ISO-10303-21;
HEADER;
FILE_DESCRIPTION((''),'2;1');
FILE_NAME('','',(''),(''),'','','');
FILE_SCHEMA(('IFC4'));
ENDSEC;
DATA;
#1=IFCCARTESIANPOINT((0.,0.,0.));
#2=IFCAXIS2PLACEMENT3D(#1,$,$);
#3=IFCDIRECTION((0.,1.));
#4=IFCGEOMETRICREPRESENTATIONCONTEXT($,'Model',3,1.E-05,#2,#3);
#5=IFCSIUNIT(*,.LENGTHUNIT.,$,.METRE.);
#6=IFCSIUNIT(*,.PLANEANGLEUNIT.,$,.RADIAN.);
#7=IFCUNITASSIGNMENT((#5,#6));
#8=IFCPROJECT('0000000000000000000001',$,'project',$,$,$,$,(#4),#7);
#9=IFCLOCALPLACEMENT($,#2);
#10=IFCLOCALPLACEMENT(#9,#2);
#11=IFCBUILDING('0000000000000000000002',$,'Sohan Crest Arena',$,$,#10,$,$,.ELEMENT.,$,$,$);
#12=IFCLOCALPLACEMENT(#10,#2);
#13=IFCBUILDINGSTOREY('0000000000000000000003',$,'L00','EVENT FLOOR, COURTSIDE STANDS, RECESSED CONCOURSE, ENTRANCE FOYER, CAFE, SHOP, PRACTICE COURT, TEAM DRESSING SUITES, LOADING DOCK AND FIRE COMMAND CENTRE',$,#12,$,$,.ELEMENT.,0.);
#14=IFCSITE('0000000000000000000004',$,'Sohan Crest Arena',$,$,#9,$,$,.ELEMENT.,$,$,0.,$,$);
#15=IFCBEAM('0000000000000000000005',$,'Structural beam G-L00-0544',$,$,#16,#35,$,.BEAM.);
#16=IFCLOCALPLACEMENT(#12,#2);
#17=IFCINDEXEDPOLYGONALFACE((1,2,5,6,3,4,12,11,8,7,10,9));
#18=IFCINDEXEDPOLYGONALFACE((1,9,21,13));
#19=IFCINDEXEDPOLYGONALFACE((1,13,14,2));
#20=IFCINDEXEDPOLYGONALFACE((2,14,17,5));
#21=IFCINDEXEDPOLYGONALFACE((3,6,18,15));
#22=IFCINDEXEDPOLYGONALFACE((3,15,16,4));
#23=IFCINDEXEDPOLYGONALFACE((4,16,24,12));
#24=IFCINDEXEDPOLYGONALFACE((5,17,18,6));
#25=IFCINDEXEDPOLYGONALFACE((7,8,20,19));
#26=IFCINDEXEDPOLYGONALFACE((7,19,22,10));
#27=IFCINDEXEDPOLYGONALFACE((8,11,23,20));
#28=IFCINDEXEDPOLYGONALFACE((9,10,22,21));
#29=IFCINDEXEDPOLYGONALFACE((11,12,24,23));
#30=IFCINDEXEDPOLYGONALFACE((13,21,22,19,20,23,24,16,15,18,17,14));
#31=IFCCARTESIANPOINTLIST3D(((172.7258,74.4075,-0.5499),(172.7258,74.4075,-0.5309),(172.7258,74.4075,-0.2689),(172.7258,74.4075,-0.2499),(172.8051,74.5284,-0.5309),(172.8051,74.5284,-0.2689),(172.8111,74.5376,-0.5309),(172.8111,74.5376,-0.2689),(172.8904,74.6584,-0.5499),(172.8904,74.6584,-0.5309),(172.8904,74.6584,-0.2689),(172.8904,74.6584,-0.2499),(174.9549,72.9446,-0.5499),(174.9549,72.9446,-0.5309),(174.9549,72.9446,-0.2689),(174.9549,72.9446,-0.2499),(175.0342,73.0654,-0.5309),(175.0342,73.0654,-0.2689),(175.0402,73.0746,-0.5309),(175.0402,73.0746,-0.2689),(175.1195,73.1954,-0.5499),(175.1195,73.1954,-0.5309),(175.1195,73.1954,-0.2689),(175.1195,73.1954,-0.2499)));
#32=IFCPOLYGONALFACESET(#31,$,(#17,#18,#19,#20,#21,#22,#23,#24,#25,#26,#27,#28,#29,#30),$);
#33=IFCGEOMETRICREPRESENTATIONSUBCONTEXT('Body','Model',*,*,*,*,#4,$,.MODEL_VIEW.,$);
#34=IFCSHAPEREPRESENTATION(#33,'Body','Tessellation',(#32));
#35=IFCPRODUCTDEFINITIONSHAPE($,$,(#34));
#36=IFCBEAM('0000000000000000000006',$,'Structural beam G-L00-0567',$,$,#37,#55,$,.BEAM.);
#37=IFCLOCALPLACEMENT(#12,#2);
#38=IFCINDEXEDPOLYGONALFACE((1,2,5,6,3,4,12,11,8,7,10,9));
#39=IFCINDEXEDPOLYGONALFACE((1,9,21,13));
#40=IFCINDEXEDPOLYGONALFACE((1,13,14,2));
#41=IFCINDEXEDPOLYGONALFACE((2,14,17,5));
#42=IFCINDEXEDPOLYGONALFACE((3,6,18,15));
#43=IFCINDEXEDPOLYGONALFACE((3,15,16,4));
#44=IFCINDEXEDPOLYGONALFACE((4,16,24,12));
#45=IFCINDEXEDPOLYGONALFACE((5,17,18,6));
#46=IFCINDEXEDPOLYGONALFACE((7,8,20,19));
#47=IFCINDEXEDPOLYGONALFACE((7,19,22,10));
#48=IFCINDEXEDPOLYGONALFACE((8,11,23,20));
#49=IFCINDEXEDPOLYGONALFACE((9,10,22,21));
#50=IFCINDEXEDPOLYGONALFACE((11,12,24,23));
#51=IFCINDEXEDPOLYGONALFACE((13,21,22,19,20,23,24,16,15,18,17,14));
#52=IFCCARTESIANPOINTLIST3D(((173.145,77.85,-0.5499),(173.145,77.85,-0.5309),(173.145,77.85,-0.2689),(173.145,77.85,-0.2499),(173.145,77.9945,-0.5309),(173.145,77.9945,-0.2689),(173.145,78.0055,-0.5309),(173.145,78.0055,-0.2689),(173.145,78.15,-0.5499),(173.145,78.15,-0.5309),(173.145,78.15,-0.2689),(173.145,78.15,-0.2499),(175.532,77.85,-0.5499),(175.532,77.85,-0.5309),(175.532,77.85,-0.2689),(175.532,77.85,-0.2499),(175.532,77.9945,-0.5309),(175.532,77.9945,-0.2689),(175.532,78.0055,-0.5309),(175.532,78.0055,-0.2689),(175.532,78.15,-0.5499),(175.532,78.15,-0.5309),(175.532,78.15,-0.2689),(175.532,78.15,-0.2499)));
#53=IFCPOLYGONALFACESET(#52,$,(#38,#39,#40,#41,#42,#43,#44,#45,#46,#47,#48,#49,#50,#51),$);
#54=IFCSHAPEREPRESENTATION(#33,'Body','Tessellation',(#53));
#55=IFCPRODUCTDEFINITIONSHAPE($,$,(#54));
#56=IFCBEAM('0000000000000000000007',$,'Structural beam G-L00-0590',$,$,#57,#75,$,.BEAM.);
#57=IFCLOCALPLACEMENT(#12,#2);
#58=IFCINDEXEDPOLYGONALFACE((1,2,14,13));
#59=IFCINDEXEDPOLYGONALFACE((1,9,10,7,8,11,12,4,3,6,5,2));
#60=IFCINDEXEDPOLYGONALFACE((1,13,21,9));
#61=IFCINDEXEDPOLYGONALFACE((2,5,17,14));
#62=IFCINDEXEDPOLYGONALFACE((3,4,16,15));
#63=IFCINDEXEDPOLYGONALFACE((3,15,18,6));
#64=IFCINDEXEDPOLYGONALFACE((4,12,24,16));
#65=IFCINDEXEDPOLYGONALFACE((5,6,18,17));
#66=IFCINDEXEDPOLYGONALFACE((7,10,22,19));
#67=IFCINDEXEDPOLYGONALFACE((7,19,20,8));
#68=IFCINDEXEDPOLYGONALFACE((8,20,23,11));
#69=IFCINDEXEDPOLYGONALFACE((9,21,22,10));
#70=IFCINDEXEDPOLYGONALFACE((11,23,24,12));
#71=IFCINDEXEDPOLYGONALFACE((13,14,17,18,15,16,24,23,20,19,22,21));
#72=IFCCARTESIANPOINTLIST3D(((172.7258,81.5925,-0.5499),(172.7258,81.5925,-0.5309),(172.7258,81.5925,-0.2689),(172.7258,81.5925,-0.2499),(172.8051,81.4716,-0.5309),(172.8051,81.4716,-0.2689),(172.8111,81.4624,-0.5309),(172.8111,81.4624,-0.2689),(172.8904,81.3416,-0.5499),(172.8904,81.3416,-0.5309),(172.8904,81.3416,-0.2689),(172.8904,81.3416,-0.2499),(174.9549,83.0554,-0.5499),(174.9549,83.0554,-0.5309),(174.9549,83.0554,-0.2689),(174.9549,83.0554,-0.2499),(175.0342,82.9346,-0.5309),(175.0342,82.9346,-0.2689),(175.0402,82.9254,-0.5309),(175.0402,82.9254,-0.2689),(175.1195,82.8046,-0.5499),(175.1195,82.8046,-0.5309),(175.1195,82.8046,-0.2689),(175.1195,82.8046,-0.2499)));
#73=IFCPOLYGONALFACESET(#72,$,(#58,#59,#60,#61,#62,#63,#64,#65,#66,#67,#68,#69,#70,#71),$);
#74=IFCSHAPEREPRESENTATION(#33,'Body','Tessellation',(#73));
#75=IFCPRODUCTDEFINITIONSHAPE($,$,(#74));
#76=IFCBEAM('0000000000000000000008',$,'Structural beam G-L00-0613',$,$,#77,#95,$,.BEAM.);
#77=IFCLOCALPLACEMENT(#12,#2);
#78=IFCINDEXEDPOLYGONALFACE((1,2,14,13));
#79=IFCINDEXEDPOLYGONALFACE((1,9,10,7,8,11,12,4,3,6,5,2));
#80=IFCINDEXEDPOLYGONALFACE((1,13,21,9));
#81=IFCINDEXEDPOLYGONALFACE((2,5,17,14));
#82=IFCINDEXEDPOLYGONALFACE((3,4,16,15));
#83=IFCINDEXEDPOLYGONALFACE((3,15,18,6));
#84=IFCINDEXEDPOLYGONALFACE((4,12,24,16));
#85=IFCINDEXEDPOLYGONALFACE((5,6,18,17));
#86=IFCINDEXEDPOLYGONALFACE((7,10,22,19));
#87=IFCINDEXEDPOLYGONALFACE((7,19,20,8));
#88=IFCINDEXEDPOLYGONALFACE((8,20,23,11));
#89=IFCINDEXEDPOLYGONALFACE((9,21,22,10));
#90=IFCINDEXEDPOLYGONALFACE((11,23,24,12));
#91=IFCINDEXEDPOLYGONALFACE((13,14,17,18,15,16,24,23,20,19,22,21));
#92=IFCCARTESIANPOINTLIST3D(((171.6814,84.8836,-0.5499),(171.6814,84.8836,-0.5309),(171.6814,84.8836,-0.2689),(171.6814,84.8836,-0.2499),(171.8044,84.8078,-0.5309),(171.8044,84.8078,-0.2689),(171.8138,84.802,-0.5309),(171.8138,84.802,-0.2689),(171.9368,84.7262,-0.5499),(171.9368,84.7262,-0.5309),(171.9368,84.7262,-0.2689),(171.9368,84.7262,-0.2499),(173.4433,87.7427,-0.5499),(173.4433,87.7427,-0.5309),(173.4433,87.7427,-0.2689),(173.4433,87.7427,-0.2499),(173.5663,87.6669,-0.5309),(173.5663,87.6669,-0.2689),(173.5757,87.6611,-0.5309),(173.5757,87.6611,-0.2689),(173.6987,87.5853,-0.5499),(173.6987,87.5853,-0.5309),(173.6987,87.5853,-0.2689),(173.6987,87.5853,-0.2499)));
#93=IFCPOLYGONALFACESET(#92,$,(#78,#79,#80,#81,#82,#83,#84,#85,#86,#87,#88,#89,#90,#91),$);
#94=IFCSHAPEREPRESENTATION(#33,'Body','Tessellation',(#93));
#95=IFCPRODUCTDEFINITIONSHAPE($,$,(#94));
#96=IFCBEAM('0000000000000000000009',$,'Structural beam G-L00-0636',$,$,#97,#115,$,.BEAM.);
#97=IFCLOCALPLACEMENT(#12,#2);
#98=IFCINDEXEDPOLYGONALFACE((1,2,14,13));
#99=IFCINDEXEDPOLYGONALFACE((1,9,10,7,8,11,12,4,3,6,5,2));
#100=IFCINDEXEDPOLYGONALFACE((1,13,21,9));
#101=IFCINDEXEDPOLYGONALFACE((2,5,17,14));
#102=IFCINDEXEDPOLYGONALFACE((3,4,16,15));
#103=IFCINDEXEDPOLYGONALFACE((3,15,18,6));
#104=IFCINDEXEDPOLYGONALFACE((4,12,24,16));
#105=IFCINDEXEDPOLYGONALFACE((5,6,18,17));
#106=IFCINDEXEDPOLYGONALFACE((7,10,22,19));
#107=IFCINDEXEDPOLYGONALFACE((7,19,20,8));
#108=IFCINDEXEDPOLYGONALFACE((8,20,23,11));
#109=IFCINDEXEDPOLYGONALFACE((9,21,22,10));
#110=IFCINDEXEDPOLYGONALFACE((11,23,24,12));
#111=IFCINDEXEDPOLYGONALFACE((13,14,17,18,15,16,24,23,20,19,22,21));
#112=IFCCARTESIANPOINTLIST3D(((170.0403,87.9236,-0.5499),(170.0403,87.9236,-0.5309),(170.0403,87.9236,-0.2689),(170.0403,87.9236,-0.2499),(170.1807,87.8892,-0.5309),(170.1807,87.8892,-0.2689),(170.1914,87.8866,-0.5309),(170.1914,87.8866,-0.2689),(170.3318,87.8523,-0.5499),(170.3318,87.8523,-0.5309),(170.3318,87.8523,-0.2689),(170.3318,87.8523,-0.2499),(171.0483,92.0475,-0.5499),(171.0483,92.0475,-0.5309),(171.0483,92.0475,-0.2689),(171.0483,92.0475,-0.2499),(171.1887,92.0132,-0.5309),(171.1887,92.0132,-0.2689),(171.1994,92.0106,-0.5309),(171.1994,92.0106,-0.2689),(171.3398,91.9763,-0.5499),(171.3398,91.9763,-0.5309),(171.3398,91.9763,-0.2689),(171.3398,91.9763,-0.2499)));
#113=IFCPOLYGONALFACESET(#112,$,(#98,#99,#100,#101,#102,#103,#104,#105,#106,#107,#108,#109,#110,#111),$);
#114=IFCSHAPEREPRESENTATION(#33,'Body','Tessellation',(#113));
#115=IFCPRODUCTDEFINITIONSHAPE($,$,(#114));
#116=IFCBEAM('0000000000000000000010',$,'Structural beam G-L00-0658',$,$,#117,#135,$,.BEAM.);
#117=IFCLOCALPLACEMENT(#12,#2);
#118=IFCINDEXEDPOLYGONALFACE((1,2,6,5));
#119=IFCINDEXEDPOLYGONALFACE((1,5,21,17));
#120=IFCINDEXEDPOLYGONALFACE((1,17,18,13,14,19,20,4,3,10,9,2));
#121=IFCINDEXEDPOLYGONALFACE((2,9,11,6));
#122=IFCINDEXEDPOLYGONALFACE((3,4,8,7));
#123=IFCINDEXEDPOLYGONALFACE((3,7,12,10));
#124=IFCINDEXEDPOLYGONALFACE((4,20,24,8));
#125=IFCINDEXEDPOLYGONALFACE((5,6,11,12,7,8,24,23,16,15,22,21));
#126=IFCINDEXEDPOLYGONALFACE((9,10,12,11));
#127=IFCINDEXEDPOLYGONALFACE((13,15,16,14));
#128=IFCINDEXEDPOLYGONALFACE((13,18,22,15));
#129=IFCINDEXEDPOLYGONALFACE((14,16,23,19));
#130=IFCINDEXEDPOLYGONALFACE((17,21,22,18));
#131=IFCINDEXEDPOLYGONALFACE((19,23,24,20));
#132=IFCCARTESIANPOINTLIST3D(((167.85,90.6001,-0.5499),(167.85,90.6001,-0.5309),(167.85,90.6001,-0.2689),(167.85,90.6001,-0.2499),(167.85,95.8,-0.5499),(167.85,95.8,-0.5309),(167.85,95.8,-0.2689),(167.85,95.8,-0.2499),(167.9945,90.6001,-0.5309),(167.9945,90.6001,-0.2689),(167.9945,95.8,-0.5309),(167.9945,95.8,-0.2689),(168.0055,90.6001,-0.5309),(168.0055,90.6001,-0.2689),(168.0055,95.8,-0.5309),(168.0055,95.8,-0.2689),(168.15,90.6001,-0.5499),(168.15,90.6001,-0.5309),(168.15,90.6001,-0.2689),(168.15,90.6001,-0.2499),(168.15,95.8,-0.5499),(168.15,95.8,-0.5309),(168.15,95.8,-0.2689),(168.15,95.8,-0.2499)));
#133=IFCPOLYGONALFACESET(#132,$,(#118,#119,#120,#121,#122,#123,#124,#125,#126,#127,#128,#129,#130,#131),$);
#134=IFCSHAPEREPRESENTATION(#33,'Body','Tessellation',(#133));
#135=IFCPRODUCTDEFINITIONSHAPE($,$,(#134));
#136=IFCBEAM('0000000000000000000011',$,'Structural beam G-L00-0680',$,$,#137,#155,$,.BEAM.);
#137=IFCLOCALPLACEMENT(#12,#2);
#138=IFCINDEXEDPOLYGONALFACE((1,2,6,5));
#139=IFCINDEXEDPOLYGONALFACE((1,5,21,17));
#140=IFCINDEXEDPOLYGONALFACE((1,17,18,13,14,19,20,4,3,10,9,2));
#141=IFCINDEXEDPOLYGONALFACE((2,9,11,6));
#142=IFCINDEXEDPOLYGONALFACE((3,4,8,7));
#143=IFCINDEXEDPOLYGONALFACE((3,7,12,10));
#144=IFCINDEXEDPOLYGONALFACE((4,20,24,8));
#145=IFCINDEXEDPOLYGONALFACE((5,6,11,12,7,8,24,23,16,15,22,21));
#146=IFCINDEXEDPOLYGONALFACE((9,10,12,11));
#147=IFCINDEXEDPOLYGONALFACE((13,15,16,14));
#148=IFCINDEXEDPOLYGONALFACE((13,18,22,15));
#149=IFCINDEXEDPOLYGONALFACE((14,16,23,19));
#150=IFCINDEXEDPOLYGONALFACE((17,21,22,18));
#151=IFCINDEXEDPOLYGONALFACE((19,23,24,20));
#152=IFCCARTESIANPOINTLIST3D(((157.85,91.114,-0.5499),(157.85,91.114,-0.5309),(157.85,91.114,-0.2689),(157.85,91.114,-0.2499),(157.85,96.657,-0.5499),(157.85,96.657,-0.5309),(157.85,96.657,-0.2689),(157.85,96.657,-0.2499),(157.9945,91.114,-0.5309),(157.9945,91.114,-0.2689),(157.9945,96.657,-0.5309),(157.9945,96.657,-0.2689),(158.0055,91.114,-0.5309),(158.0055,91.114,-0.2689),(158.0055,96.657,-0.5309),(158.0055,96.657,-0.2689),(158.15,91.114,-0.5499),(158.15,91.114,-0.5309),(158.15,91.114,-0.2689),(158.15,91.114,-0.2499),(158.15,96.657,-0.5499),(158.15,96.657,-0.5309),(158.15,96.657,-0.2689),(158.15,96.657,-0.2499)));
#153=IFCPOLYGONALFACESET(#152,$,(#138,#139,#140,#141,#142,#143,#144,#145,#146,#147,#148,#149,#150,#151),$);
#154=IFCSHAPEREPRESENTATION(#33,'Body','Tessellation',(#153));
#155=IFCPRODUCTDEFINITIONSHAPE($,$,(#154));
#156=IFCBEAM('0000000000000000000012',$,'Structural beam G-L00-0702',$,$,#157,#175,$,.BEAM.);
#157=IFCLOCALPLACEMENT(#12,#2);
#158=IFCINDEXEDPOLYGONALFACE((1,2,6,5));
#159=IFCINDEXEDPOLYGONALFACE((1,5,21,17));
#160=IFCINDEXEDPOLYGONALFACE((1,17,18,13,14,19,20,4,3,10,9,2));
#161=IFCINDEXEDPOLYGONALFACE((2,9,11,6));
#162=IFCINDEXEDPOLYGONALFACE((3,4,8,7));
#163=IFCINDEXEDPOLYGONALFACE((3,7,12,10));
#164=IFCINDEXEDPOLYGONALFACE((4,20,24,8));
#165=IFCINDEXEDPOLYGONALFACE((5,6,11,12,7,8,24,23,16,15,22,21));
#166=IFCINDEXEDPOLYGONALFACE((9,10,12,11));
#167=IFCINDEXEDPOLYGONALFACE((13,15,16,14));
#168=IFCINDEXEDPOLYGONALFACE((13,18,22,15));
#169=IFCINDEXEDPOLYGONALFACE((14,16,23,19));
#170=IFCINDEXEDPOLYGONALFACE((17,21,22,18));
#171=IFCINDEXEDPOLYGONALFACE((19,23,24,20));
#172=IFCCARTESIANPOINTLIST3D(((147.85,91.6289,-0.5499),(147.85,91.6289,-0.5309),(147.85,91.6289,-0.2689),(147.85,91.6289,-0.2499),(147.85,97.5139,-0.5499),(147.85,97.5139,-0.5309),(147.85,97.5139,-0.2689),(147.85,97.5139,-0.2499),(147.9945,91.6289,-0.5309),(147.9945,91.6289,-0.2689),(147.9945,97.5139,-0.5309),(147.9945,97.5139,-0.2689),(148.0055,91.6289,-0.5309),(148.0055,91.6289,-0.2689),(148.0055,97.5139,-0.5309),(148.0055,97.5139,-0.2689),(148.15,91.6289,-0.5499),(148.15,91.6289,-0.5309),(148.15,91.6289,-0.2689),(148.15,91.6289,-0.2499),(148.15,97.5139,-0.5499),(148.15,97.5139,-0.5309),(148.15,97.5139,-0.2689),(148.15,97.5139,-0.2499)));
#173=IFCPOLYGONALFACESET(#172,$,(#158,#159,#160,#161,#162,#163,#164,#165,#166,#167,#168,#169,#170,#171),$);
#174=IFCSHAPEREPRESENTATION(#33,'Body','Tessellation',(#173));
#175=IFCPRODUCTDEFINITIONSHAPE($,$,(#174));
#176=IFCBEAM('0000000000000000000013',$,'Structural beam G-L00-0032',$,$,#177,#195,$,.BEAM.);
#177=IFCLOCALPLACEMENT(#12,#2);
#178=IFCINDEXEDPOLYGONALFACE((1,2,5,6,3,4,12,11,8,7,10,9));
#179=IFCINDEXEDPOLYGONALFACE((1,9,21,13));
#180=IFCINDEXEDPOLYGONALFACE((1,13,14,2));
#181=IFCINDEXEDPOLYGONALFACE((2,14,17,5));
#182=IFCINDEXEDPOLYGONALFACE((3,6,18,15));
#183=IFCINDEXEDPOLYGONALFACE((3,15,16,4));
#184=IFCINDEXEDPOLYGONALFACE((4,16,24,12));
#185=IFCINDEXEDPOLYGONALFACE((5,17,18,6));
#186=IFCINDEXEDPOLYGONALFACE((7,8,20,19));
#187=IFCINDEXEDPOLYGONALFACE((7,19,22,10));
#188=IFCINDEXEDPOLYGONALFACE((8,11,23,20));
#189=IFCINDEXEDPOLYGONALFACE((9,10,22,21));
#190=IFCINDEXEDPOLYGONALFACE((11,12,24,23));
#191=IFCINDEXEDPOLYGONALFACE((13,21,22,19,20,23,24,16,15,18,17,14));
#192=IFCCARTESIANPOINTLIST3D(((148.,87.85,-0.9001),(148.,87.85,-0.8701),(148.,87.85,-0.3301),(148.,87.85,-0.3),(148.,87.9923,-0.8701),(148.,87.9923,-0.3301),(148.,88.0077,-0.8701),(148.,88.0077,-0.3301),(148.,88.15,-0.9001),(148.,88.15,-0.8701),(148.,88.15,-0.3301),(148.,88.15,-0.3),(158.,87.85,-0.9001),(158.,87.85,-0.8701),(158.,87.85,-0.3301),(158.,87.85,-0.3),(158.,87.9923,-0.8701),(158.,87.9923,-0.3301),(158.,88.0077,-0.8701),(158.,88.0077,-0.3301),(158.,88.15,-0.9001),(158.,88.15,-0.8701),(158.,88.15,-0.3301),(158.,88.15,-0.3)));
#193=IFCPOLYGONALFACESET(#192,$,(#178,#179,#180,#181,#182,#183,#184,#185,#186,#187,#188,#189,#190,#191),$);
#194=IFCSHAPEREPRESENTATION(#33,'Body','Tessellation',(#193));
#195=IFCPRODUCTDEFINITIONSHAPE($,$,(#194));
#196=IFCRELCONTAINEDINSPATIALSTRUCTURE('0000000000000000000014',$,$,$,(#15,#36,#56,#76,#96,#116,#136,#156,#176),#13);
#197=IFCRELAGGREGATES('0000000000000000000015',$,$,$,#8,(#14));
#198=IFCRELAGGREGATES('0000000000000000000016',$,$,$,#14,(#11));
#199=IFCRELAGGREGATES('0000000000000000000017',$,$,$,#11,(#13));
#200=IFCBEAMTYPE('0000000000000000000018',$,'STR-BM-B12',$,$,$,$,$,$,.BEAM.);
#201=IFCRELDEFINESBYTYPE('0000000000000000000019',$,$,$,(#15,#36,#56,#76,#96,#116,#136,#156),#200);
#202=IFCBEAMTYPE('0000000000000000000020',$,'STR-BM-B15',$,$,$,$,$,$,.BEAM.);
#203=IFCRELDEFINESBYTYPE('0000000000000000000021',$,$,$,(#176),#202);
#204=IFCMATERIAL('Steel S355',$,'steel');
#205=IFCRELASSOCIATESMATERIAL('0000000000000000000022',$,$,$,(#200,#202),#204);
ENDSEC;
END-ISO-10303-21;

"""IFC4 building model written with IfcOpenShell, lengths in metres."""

from ifc_helpers import new_model, si_unit, direction, frame, origin, origin_2d, place, context, subcontext, project, spatial, i_section, extrude, material, material_profile, profile_set, type_object, element, save


model = new_model("IFC4")

# Units and contexts
model_context = context("Model", 3, precision=1e-05, world=origin(), true_north=direction((0.0, 1.0)))
body_context = subcontext(model_context, "Body", "Model", "MODEL_VIEW")
ifc_project = project(units=[si_unit("LENGTHUNIT", "METRE"), si_unit("PLANEANGLEUNIT", "RADIAN")], contexts=[model_context])

# Site, building, storey
site_placement = place(None, origin())
site = spatial("IfcSite", under=ifc_project, at=site_placement, Name="Sohan Crest Arena", CompositionType="ELEMENT", RefElevation=0.0)
building_placement = place(site_placement, origin())
building = spatial("IfcBuilding", under=site, at=building_placement, Name="Sohan Crest Arena", CompositionType="ELEMENT")
storey_placement = place(building_placement, origin())
storey = spatial("IfcBuildingStorey", under=building, at=storey_placement, Name="L00", Description="EVENT FLOOR, COURTSIDE STANDS, RECESSED CONCOURSE, ENTRANCE FOYER, CAFE, SHOP, PRACTICE COURT, TEAM DRESSING SUITES, LOADING DOCK AND FIRE COMMAND CENTRE", CompositionType="ELEMENT", Elevation=0.0)

# Beams
ifc_material_1 = material(Name="Steel S355", Category="steel")
ifc_material_profile_1 = material_profile(ifc_material_1, i_section(OverallWidth=0.3, OverallDepth=0.3, WebThickness=0.011, FlangeThickness=0.019, at=origin_2d()), Name="HEB 300")
ifc_profile_set_1 = profile_set([ifc_material_profile_1], Name="Steel S355")
beam_type_1 = type_object("IfcBeamType", Name="STR-BM-B12", PredefinedType="BEAM", material=ifc_profile_set_1)
beam_1_placement = place(storey_placement, frame((172.8081, 74.533, -0.3999), z_axis=(0.83603, -0.548684, 0.0), x_axis=(0.548684, 0.83603, 0.0)))
element("IfcBeam", 1, at=beam_1_placement, inside=storey, type_object=beam_type_1, Name="Structural beam G-L00-0544", PredefinedType="BEAM", context=body_context, shape_type="SweptSolid", body=[
    extrude(i_section(OverallWidth=0.3, OverallDepth=0.3, WebThickness=0.011, FlangeThickness=0.019, at=origin_2d()), origin(), (0.0, 0.0, 1.0), 2.6663),
])
beam_2_placement = place(storey_placement, frame((173.145, 78.0, -0.3999), z_axis=(1.0, 0.0, 0.0), x_axis=(0.0, 1.0, 0.0)))
element("IfcBeam", 2, at=beam_2_placement, inside=storey, type_object=beam_type_1, Name="Structural beam G-L00-0567", PredefinedType="BEAM", context=body_context, shape_type="SweptSolid", body=[
    extrude(i_section(OverallWidth=0.3, OverallDepth=0.3, WebThickness=0.011, FlangeThickness=0.019, at=origin_2d()), origin(), (0.0, 0.0, 1.0), 2.387),
])
beam_3_placement = place(storey_placement, frame((172.8081, 81.467, -0.3999), z_axis=(0.83603, 0.548684, 0.0), x_axis=(-0.548684, 0.83603, 0.0)))
element("IfcBeam", 3, at=beam_3_placement, inside=storey, type_object=beam_type_1, Name="Structural beam G-L00-0590", PredefinedType="BEAM", context=body_context, shape_type="SweptSolid", body=[
    extrude(i_section(OverallWidth=0.3, OverallDepth=0.3, WebThickness=0.011, FlangeThickness=0.019, at=origin_2d()), origin(), (0.0, 0.0, 1.0), 2.6663),
])
beam_4_placement = place(storey_placement, frame((171.8091, 84.8049, -0.3999), z_axis=(0.524637, 0.851326, 0.0), x_axis=(-0.851326, 0.524637, 0.0)))
element("IfcBeam", 4, at=beam_4_placement, inside=storey, type_object=beam_type_1, Name="Structural beam G-L00-0613", PredefinedType="BEAM", context=body_context, shape_type="SweptSolid", body=[
    extrude(i_section(OverallWidth=0.3, OverallDepth=0.3, WebThickness=0.011, FlangeThickness=0.019, at=origin_2d()), origin(), (0.0, 0.0, 1.0), 3.3584),
])
beam_5_placement = place(storey_placement, frame((170.186, 87.8879, -0.3999), z_axis=(0.237445, 0.971401, 0.0), x_axis=(-0.971401, 0.237445, 0.0)))
element("IfcBeam", 5, at=beam_5_placement, inside=storey, type_object=beam_type_1, Name="Structural beam G-L00-0636", PredefinedType="BEAM", context=body_context, shape_type="SweptSolid", body=[
    extrude(i_section(OverallWidth=0.3, OverallDepth=0.3, WebThickness=0.011, FlangeThickness=0.019, at=origin_2d()), origin(), (0.0, 0.0, 1.0), 4.2454),
])
beam_6_placement = place(storey_placement, frame((168.0, 90.6001, -0.3999), z_axis=(0.0, 1.0, 0.0), x_axis=(-1.0, 0.0, 0.0)))
element("IfcBeam", 6, at=beam_6_placement, inside=storey, type_object=beam_type_1, Name="Structural beam G-L00-0658", PredefinedType="BEAM", context=body_context, shape_type="SweptSolid", body=[
    extrude(i_section(OverallWidth=0.3, OverallDepth=0.3, WebThickness=0.011, FlangeThickness=0.019, at=origin_2d()), origin(), (0.0, 0.0, 1.0), 5.2),
])
beam_7_placement = place(storey_placement, frame((158.0, 91.114, -0.3999), z_axis=(0.0, 1.0, 0.0), x_axis=(-1.0, 0.0, 0.0)))
element("IfcBeam", 7, at=beam_7_placement, inside=storey, type_object=beam_type_1, Name="Structural beam G-L00-0680", PredefinedType="BEAM", context=body_context, shape_type="SweptSolid", body=[
    extrude(i_section(OverallWidth=0.3, OverallDepth=0.3, WebThickness=0.011, FlangeThickness=0.019, at=origin_2d()), origin(), (0.0, 0.0, 1.0), 5.543),
])
beam_8_placement = place(storey_placement, frame((148.0, 91.6289, -0.3999), z_axis=(0.0, 1.0, 0.0), x_axis=(-1.0, 0.0, 0.0)))
element("IfcBeam", 8, at=beam_8_placement, inside=storey, type_object=beam_type_1, Name="Structural beam G-L00-0702", PredefinedType="BEAM", context=body_context, shape_type="SweptSolid", body=[
    extrude(i_section(OverallWidth=0.3, OverallDepth=0.3, WebThickness=0.011, FlangeThickness=0.019, at=origin_2d()), origin(), (0.0, 0.0, 1.0), 5.885),
])
ifc_material_profile_2 = material_profile(ifc_material_1, i_section(OverallWidth=0.3, OverallDepth=0.6001, WebThickness=0.0154, FlangeThickness=0.03, at=origin_2d()), Name="HEB 600")
ifc_profile_set_2 = profile_set([ifc_material_profile_2], Name="Steel S355")
beam_type_2 = type_object("IfcBeamType", Name="STR-BM-B15", PredefinedType="BEAM", material=ifc_profile_set_2)
beam_9_placement = place(storey_placement, frame((148.0, 88.0, -0.6001), z_axis=(1.0, 0.0, 0.0), x_axis=(0.0, 1.0, 0.0)))
element("IfcBeam", 9, at=beam_9_placement, inside=storey, type_object=beam_type_2, Name="Structural beam G-L00-0032", PredefinedType="BEAM", context=body_context, shape_type="SweptSolid", body=[
    extrude(i_section(OverallWidth=0.3, OverallDepth=0.6001, WebThickness=0.0154, FlangeThickness=0.03, at=origin_2d()), origin(), (0.0, 0.0, 1.0), 10.0),
])

save(model, "model.ifc")
